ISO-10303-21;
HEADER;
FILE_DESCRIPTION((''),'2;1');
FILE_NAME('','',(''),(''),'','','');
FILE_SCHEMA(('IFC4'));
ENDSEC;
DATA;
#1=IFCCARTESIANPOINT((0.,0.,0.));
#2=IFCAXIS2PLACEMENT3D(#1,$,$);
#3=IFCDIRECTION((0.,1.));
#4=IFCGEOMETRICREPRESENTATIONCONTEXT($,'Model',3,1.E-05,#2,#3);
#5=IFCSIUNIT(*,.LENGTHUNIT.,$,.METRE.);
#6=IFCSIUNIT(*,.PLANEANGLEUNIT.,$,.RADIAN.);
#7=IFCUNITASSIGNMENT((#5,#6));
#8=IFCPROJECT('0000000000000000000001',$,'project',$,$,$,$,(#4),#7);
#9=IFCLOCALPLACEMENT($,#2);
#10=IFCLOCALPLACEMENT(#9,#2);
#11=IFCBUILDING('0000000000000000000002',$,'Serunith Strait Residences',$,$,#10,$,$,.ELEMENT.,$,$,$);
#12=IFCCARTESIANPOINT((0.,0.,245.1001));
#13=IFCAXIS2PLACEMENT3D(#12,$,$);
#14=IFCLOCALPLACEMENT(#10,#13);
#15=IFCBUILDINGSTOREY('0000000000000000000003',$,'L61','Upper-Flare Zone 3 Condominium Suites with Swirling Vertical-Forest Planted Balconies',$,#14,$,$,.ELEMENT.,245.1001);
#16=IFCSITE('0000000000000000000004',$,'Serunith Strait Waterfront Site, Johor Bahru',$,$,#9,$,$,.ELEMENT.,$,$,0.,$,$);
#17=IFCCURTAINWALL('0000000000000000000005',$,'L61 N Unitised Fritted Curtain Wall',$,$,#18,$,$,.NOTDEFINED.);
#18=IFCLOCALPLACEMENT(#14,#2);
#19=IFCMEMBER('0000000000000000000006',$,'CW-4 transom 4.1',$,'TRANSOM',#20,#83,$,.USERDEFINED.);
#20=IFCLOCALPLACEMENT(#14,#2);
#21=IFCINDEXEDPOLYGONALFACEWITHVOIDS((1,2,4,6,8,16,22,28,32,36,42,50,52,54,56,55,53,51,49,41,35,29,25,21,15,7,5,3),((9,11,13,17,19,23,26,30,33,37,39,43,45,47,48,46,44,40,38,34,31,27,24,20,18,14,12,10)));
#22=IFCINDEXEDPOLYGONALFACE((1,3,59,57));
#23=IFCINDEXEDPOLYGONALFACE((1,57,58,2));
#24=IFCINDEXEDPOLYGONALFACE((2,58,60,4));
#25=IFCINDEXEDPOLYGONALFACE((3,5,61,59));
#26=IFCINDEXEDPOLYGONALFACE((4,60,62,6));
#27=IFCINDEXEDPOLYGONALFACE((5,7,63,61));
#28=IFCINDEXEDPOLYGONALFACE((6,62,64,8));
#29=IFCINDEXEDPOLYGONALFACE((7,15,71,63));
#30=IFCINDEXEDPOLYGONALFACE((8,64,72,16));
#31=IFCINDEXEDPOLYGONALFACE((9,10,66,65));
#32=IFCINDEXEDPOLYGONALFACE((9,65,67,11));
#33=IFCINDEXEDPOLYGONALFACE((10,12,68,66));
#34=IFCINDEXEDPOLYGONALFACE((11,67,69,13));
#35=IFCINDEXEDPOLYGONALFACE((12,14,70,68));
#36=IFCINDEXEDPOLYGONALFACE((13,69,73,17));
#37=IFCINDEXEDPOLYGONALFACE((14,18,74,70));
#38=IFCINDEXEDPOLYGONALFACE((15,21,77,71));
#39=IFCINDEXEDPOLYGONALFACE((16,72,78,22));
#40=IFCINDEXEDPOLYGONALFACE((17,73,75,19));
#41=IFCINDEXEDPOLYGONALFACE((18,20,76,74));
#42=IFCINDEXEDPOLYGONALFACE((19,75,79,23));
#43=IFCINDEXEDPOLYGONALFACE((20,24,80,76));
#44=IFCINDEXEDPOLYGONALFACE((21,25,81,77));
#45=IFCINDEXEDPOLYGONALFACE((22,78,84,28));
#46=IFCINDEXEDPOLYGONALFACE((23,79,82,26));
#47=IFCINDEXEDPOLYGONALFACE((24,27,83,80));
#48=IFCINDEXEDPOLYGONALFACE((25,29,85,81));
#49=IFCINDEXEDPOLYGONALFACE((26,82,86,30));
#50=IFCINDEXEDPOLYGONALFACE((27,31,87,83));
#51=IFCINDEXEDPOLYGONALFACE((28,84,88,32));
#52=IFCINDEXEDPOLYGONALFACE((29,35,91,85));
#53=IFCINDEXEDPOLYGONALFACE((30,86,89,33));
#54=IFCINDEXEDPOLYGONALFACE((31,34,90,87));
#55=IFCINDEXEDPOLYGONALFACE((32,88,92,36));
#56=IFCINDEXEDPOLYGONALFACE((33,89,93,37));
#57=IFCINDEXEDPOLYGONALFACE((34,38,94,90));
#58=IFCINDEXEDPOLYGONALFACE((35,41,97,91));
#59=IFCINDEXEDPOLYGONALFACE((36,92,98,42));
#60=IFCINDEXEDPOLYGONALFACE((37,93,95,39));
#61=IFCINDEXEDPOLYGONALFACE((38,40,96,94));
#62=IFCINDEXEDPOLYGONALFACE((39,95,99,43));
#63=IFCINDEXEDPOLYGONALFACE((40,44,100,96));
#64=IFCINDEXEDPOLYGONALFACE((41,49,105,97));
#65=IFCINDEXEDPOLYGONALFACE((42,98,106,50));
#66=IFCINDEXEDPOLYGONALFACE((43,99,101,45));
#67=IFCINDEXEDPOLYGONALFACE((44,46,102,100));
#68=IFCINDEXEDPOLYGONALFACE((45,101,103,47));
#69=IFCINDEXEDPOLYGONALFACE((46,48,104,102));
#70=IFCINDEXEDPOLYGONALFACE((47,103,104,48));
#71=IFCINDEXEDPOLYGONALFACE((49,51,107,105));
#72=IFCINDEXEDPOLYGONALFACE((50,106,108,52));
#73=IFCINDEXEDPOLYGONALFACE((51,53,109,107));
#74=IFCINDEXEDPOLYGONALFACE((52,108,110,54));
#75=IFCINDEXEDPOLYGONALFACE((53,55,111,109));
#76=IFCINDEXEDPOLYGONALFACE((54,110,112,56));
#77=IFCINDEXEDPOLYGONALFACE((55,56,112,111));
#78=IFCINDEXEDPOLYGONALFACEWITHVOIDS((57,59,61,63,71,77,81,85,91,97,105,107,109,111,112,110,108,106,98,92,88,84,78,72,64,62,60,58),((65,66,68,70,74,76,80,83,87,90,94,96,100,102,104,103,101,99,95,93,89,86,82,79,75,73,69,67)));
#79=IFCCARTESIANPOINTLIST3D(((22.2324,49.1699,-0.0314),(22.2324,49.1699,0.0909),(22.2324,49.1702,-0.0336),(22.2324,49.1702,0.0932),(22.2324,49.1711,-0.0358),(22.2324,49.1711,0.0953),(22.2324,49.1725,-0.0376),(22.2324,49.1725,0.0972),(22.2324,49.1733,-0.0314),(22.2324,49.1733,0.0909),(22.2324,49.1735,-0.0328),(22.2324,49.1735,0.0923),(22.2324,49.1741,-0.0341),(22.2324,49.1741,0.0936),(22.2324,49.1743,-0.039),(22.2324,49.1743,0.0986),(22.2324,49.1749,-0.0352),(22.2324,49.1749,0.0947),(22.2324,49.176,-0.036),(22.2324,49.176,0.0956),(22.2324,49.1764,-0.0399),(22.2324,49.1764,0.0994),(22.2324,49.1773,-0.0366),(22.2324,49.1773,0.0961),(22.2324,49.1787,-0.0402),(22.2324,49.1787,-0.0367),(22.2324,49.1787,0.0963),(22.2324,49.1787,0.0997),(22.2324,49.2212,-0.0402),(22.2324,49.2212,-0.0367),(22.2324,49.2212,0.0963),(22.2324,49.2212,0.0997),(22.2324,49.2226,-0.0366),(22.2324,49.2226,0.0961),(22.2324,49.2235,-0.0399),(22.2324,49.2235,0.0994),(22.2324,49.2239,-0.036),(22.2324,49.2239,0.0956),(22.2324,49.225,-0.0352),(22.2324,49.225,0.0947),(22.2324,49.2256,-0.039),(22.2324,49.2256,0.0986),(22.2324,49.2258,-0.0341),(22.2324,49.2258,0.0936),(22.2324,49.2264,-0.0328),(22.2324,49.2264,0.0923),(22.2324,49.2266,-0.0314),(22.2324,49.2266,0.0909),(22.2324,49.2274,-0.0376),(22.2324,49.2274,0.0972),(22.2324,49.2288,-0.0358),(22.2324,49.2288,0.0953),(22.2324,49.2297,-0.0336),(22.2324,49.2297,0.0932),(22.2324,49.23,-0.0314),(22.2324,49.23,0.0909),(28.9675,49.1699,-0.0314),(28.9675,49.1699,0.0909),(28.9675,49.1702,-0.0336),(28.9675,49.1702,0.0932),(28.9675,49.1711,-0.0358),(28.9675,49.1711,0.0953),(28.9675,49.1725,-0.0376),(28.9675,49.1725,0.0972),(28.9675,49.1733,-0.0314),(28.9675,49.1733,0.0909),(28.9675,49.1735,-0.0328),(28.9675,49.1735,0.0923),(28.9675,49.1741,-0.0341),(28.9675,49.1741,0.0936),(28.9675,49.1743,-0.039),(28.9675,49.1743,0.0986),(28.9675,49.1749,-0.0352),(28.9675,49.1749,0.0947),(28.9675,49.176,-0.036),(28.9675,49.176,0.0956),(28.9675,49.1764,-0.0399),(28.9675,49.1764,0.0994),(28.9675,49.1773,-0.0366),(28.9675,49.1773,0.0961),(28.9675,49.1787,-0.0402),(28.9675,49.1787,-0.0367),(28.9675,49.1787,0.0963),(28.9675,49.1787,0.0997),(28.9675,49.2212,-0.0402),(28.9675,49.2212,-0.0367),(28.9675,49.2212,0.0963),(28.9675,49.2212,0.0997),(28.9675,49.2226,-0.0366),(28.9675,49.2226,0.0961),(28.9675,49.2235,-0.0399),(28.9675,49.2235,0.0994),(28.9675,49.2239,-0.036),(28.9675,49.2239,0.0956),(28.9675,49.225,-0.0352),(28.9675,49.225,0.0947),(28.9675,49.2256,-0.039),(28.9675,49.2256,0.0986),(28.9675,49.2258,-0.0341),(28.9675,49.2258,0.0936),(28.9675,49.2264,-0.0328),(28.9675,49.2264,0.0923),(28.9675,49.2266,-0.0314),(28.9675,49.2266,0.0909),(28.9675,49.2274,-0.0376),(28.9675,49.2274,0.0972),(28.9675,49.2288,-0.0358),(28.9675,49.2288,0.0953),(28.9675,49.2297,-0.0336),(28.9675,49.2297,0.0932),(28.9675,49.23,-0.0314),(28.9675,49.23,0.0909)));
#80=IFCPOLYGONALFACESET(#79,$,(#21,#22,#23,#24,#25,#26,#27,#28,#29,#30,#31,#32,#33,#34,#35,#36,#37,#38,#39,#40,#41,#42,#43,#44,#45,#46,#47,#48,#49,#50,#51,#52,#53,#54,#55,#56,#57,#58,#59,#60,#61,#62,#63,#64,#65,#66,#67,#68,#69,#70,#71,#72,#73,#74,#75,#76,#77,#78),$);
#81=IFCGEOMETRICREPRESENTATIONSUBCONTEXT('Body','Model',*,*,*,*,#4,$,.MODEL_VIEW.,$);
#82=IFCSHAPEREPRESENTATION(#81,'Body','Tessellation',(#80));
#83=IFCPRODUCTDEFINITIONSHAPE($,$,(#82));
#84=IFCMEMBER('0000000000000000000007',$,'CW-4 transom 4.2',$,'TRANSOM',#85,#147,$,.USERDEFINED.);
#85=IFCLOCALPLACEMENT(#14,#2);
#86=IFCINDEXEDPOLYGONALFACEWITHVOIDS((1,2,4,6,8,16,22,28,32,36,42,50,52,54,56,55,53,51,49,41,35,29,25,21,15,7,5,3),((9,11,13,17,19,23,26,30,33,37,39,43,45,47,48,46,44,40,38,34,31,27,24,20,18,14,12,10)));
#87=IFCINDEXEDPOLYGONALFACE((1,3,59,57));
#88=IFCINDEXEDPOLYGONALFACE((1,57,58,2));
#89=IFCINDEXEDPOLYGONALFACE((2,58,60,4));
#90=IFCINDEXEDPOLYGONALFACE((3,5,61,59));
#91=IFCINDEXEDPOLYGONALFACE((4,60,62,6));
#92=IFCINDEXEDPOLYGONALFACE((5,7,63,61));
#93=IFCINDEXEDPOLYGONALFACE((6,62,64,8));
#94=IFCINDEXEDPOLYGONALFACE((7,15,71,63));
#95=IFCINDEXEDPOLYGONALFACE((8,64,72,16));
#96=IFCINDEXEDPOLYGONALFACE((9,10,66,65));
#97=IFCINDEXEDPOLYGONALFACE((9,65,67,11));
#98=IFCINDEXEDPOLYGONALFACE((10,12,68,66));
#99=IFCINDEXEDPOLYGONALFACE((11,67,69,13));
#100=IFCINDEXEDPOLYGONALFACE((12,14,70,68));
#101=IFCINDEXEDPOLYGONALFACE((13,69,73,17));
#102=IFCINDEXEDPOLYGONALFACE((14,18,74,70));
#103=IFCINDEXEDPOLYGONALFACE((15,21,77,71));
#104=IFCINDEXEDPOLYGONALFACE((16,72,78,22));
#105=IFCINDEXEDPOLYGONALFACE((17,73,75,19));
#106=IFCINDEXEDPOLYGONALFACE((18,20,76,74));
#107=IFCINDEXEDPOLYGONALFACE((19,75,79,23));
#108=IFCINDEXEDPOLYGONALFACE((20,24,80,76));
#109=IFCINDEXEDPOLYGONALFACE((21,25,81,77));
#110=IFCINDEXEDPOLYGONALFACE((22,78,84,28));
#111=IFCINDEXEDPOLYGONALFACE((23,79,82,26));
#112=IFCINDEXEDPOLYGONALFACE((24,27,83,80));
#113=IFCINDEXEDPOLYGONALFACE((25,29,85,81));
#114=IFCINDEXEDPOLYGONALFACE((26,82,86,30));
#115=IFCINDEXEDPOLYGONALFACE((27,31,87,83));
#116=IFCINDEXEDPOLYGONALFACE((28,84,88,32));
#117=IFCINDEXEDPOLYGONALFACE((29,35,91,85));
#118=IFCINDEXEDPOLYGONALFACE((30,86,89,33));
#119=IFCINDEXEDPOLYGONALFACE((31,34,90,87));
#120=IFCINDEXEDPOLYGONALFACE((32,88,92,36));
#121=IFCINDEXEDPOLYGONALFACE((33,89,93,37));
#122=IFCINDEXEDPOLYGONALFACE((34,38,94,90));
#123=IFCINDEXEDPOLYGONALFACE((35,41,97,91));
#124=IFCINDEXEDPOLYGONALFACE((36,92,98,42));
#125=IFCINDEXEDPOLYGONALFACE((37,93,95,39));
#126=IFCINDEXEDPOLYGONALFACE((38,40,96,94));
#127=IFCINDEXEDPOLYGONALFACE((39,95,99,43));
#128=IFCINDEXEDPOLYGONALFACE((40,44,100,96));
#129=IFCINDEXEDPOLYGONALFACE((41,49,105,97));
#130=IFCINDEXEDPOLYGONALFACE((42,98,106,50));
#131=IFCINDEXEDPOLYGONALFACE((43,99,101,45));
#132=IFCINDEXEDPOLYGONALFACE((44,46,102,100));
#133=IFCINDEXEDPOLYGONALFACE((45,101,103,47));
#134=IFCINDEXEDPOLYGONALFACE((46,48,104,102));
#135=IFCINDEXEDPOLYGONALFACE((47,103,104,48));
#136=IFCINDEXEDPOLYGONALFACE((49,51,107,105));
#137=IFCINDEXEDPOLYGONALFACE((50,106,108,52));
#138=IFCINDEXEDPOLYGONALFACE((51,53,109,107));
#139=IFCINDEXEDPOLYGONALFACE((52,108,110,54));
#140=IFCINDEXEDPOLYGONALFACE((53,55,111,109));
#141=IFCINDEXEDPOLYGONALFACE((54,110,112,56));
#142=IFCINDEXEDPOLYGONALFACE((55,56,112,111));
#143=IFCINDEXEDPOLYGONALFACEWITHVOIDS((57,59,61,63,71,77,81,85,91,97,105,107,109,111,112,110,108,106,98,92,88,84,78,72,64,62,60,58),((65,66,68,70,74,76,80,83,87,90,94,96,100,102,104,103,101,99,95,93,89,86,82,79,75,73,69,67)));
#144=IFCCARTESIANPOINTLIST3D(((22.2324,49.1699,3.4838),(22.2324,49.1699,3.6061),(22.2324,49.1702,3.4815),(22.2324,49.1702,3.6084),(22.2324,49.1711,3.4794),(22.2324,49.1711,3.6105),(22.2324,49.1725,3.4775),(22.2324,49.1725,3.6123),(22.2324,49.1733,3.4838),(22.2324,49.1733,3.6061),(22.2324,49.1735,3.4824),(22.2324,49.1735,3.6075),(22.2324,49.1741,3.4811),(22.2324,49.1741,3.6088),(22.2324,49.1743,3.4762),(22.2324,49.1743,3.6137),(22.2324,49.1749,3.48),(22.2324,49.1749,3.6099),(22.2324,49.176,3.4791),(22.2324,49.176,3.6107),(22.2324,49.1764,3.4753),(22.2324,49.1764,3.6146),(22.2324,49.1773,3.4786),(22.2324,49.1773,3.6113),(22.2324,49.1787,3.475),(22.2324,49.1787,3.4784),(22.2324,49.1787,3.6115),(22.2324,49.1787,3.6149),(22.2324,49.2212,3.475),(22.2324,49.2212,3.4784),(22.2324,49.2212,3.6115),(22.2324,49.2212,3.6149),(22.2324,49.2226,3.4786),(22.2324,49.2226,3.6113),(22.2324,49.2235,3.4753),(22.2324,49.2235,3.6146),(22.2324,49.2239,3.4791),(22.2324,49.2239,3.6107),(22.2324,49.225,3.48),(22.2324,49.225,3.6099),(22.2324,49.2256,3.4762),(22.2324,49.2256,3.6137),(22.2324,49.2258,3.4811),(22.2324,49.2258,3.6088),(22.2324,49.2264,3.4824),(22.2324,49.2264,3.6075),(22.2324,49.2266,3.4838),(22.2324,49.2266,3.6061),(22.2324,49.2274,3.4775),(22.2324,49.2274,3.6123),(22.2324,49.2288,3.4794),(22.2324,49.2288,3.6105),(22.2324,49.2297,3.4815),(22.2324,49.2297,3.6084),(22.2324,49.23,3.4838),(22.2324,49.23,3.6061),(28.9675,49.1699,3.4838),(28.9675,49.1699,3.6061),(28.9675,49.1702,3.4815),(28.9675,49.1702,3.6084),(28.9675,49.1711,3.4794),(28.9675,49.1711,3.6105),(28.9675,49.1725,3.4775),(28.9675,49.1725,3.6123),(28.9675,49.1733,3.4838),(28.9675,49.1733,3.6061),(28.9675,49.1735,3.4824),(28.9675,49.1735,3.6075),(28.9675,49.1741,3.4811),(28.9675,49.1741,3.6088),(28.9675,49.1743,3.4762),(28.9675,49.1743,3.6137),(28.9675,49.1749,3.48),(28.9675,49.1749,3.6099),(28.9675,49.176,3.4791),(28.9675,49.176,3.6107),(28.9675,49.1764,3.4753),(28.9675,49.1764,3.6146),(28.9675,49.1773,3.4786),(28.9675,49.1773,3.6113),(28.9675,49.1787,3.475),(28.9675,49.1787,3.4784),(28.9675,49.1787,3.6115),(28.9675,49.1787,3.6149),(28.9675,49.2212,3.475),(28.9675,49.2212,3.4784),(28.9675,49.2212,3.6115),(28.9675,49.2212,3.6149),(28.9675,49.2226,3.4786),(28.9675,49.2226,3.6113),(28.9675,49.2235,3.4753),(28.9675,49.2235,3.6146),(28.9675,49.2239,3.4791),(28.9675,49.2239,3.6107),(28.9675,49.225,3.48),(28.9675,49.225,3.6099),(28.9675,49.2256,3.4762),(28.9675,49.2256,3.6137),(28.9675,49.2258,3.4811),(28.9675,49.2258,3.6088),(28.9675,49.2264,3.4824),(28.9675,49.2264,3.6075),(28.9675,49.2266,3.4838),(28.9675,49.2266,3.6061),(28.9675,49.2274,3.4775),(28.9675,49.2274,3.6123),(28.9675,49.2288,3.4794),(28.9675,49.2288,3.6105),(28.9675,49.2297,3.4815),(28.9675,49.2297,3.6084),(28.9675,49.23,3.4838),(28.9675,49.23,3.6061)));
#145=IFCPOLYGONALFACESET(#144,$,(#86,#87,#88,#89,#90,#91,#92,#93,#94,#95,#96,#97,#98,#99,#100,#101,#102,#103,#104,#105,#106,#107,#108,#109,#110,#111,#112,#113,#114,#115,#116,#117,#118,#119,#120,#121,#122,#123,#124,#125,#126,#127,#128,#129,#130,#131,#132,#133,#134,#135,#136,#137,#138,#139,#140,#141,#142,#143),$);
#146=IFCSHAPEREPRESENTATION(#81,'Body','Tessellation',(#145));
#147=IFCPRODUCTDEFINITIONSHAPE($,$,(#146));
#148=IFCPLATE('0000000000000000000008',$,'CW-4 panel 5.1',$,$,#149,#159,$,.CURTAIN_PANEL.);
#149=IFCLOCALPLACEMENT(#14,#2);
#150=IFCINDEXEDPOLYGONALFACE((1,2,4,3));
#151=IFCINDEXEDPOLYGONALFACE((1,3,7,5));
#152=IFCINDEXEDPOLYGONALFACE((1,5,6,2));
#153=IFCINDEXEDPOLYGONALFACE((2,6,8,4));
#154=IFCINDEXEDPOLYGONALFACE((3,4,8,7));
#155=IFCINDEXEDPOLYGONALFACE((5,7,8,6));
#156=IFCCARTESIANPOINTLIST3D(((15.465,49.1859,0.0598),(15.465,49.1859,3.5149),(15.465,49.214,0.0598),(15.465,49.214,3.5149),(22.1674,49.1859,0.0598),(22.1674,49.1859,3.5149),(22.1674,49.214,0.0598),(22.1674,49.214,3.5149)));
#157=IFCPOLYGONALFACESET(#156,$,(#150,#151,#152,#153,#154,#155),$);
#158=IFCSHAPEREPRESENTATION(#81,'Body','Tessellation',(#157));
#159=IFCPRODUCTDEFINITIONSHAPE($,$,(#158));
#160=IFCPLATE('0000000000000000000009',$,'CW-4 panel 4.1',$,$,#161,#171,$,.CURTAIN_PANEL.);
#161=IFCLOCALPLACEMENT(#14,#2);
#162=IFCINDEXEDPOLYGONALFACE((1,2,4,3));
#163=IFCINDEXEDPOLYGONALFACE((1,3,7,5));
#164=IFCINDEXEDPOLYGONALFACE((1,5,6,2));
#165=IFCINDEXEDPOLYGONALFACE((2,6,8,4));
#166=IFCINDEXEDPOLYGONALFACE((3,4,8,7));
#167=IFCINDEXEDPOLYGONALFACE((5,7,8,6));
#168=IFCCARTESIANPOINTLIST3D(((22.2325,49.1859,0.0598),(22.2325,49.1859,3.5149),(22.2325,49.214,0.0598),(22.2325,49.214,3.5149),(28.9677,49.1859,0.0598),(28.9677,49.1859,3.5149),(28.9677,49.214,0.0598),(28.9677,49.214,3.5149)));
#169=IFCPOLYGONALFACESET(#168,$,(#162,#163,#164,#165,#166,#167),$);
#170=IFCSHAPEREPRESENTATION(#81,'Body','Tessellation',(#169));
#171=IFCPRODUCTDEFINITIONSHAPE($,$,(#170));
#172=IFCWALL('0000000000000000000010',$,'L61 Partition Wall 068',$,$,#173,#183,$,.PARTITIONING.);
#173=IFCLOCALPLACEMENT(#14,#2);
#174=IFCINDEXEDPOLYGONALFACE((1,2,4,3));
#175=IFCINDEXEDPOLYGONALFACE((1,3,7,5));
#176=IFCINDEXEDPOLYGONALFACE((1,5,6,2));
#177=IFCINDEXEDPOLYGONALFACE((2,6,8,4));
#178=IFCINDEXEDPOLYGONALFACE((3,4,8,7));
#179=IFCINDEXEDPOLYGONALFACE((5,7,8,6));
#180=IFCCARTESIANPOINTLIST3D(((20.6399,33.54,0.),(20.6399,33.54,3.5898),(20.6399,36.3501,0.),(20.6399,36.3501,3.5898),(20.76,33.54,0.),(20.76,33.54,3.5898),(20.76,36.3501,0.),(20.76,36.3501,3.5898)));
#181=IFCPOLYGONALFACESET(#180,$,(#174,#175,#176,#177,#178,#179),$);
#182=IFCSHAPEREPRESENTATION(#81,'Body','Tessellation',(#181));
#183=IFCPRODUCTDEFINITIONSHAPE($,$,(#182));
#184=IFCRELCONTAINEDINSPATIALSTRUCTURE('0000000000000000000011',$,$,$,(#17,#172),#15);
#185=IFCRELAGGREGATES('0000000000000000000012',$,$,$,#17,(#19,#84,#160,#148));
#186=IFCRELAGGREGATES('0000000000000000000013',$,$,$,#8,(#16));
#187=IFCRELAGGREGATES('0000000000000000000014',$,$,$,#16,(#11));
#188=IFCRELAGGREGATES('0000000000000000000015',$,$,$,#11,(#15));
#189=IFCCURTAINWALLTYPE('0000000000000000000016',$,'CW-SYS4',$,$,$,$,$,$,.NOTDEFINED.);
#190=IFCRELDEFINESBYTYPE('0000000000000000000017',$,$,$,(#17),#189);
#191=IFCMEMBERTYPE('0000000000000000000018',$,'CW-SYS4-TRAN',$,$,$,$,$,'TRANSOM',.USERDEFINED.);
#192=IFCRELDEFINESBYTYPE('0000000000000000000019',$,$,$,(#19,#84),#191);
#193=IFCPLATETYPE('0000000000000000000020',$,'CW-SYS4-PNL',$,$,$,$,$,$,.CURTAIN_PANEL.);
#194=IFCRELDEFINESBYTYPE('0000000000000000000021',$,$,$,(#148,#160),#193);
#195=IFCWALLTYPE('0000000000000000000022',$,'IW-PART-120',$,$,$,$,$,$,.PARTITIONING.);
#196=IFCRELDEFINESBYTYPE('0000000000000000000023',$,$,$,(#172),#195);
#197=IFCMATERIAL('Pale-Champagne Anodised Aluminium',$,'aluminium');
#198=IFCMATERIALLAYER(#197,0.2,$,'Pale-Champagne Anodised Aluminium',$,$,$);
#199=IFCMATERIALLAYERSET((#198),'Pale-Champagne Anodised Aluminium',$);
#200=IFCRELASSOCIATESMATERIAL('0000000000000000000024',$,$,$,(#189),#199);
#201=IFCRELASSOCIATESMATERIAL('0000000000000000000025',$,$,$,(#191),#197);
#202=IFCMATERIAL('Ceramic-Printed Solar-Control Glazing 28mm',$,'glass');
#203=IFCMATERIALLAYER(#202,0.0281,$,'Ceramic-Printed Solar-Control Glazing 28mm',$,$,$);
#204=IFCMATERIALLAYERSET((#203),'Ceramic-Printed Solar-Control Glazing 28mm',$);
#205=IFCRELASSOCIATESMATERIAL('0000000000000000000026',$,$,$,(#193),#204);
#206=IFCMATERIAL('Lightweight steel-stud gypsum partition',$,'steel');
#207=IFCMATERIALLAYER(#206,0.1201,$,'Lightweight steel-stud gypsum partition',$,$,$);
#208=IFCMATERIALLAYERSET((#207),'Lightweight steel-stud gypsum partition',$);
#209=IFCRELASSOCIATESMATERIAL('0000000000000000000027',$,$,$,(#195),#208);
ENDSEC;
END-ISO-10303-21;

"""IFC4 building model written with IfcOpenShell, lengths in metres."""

from ifc_helpers import new_model, si_unit, direction, frame, frame_2d, origin, origin_2d, place, context, subcontext, project, spatial, rectangle, hollow_rectangle, extrude, source, transform, mapped, material, layer, layer_set, material_profile, profile_set, type_object, element, aggregate, save


model = new_model("IFC4")

# Units and contexts
model_context = context("Model", 3, precision=1e-05, world=origin(), true_north=direction((0.0, 1.0)))
body_context = subcontext(model_context, "Body", "Model", "MODEL_VIEW")
ifc_project = project(units=[si_unit("LENGTHUNIT", "METRE"), si_unit("PLANEANGLEUNIT", "RADIAN")], contexts=[model_context])

# Site, building, storey
site_placement = place(None, origin())
site = spatial("IfcSite", under=ifc_project, at=site_placement, Name="Serunith Strait Waterfront Site, Johor Bahru", CompositionType="ELEMENT", RefElevation=0.0)
building_placement = place(site_placement, origin())
building = spatial("IfcBuilding", under=site, at=building_placement, Name="Serunith Strait Residences", CompositionType="ELEMENT")
storey_placement = place(building_placement, frame((0.0, 0.0, 245.1001)))
storey = spatial("IfcBuildingStorey", under=building, at=storey_placement, Name="L61", Description="Upper-Flare Zone 3 Condominium Suites with Swirling Vertical-Forest Planted Balconies", CompositionType="ELEMENT", Elevation=245.1001)

# Curtain wall, members, plates
ifc_material_1 = material(Name="Pale-Champagne Anodised Aluminium", Category="aluminium")
ifc_layer_1 = layer(ifc_material_1, 0.2, Name="Pale-Champagne Anodised Aluminium")
ifc_layer_set_1 = layer_set([ifc_layer_1], Name="Pale-Champagne Anodised Aluminium")
curtain_wall_type = type_object("IfcCurtainWallType", Name="CW-SYS4", PredefinedType="NOTDEFINED", material=ifc_layer_set_1)
curtain_wall_placement = place(storey_placement, origin())
curtain_wall = element("IfcCurtainWall", 1, at=curtain_wall_placement, inside=storey, type_object=curtain_wall_type, Name="L61 N Unitised Fritted Curtain Wall", PredefinedType="NOTDEFINED")
ifc_material_profile_1 = material_profile(ifc_material_1, hollow_rectangle(XDim=0.0601, YDim=0.1399, WallThickness=0.0034, InnerFilletRadius=0.0054, OuterFilletRadius=0.0088, at=origin_2d()), Name="ALU 140x60x3.5")
ifc_profile_set_1 = profile_set([ifc_material_profile_1], Name="Pale-Champagne Anodised Aluminium")
member_type_1 = type_object("IfcMemberType", Name="CW-SYS4-TRAN", ElementType="TRANSOM", PredefinedType="USERDEFINED", material=ifc_profile_set_1)
shared_shape_1 = source(origin(), body_context, "Body", "SweptSolid", [
    extrude(hollow_rectangle(XDim=0.0601, YDim=0.1399, WallThickness=0.0034, InnerFilletRadius=0.0054, OuterFilletRadius=0.0088, at=origin_2d()), origin(), (0.0, 0.0, 1.0), 6.7351),
])
member_1_placement = place(storey_placement, frame((28.9675, 49.2, 0.0298), z_axis=(-1.0, 0.0, 0.0), x_axis=(0.0, -1.0, 0.0)))
member_1 = element("IfcMember", 2, at=member_1_placement, type_object=member_type_1, Name="CW-4 transom 4.1", ObjectType="TRANSOM", PredefinedType="USERDEFINED", context=body_context, shape_type="MappedRepresentation", body=[
    mapped(shared_shape_1, transform((0.0, 0.0, 0.0), scale=1.0)),
])
member_2_placement = place(storey_placement, frame((28.9675, 49.2, 3.5449), z_axis=(-1.0, 0.0, 0.0), x_axis=(0.0, -1.0, 0.0)))
member_2 = element("IfcMember", 3, at=member_2_placement, type_object=member_type_1, Name="CW-4 transom 4.2", ObjectType="TRANSOM", PredefinedType="USERDEFINED", context=body_context, shape_type="MappedRepresentation", body=[
    mapped(shared_shape_1, transform((0.0, 0.0, 0.0), scale=1.0)),
])
ifc_material_2 = material(Name="Ceramic-Printed Solar-Control Glazing 28mm", Category="glass")
ifc_layer_2 = layer(ifc_material_2, 0.0281, Name="Ceramic-Printed Solar-Control Glazing 28mm")
ifc_layer_set_2 = layer_set([ifc_layer_2], Name="Ceramic-Printed Solar-Control Glazing 28mm")
plate_type = type_object("IfcPlateType", Name="CW-SYS4-PNL", PredefinedType="CURTAIN_PANEL", material=ifc_layer_set_2)
shared_shape_2 = source(origin(), body_context, "Body", "SweptSolid", [
    extrude(rectangle(XDim=6.7024, YDim=0.0281, at=origin_2d()), origin(), (0.0, 0.0, 1.0), 3.4551),
])
plate_1_placement = place(storey_placement, frame((18.8162, 49.2, 0.0598), z_axis=(0.0, 0.0, 1.0), x_axis=(-1.0, 0.0, 0.0)))
plate_1 = element("IfcPlate", 4, at=plate_1_placement, type_object=plate_type, Name="CW-4 panel 5.1", PredefinedType="CURTAIN_PANEL", context=body_context, shape_type="MappedRepresentation", body=[
    mapped(shared_shape_2, transform((0.0, 0.0, 0.0), scale=1.0)),
])
shared_shape_3 = source(origin(), body_context, "Body", "SweptSolid", [
    extrude(rectangle(XDim=6.7351, YDim=0.0281, at=origin_2d()), origin(), (0.0, 0.0, 1.0), 3.4551),
])
plate_2_placement = place(storey_placement, frame((25.6001, 49.2, 0.0598), z_axis=(0.0, 0.0, 1.0), x_axis=(-1.0, 0.0, 0.0)))
plate_2 = element("IfcPlate", 5, at=plate_2_placement, type_object=plate_type, Name="CW-4 panel 4.1", PredefinedType="CURTAIN_PANEL", context=body_context, shape_type="MappedRepresentation", body=[
    mapped(shared_shape_3, transform((0.0, 0.0, 0.0), scale=1.0)),
])
aggregate(curtain_wall, [member_1, member_2, plate_2, plate_1])

# Wall
ifc_material_3 = material(Name="Lightweight steel-stud gypsum partition", Category="steel")
ifc_layer_3 = layer(ifc_material_3, 0.1201, Name="Lightweight steel-stud gypsum partition")
ifc_layer_set_3 = layer_set([ifc_layer_3], Name="Lightweight steel-stud gypsum partition")
wall_type = type_object("IfcWallType", Name="IW-PART-120", PredefinedType="PARTITIONING", material=ifc_layer_set_3)
wall_1_placement = place(storey_placement, frame((20.7, 36.3501, 0.0), z_axis=(0.0, 0.0, 1.0), x_axis=(0.0, -1.0, 0.0)))
element("IfcWall", 6, at=wall_1_placement, inside=storey, type_object=wall_type, Name="L61 Partition Wall 068", PredefinedType="PARTITIONING", context=body_context, shape_type="SweptSolid", body=[
    extrude(rectangle(XDim=2.8101, YDim=0.1201, at=frame_2d((1.405, 0.0))), origin(), (0.0, 0.0, 1.0), 3.5898),
])

save(model, "model.ifc")
